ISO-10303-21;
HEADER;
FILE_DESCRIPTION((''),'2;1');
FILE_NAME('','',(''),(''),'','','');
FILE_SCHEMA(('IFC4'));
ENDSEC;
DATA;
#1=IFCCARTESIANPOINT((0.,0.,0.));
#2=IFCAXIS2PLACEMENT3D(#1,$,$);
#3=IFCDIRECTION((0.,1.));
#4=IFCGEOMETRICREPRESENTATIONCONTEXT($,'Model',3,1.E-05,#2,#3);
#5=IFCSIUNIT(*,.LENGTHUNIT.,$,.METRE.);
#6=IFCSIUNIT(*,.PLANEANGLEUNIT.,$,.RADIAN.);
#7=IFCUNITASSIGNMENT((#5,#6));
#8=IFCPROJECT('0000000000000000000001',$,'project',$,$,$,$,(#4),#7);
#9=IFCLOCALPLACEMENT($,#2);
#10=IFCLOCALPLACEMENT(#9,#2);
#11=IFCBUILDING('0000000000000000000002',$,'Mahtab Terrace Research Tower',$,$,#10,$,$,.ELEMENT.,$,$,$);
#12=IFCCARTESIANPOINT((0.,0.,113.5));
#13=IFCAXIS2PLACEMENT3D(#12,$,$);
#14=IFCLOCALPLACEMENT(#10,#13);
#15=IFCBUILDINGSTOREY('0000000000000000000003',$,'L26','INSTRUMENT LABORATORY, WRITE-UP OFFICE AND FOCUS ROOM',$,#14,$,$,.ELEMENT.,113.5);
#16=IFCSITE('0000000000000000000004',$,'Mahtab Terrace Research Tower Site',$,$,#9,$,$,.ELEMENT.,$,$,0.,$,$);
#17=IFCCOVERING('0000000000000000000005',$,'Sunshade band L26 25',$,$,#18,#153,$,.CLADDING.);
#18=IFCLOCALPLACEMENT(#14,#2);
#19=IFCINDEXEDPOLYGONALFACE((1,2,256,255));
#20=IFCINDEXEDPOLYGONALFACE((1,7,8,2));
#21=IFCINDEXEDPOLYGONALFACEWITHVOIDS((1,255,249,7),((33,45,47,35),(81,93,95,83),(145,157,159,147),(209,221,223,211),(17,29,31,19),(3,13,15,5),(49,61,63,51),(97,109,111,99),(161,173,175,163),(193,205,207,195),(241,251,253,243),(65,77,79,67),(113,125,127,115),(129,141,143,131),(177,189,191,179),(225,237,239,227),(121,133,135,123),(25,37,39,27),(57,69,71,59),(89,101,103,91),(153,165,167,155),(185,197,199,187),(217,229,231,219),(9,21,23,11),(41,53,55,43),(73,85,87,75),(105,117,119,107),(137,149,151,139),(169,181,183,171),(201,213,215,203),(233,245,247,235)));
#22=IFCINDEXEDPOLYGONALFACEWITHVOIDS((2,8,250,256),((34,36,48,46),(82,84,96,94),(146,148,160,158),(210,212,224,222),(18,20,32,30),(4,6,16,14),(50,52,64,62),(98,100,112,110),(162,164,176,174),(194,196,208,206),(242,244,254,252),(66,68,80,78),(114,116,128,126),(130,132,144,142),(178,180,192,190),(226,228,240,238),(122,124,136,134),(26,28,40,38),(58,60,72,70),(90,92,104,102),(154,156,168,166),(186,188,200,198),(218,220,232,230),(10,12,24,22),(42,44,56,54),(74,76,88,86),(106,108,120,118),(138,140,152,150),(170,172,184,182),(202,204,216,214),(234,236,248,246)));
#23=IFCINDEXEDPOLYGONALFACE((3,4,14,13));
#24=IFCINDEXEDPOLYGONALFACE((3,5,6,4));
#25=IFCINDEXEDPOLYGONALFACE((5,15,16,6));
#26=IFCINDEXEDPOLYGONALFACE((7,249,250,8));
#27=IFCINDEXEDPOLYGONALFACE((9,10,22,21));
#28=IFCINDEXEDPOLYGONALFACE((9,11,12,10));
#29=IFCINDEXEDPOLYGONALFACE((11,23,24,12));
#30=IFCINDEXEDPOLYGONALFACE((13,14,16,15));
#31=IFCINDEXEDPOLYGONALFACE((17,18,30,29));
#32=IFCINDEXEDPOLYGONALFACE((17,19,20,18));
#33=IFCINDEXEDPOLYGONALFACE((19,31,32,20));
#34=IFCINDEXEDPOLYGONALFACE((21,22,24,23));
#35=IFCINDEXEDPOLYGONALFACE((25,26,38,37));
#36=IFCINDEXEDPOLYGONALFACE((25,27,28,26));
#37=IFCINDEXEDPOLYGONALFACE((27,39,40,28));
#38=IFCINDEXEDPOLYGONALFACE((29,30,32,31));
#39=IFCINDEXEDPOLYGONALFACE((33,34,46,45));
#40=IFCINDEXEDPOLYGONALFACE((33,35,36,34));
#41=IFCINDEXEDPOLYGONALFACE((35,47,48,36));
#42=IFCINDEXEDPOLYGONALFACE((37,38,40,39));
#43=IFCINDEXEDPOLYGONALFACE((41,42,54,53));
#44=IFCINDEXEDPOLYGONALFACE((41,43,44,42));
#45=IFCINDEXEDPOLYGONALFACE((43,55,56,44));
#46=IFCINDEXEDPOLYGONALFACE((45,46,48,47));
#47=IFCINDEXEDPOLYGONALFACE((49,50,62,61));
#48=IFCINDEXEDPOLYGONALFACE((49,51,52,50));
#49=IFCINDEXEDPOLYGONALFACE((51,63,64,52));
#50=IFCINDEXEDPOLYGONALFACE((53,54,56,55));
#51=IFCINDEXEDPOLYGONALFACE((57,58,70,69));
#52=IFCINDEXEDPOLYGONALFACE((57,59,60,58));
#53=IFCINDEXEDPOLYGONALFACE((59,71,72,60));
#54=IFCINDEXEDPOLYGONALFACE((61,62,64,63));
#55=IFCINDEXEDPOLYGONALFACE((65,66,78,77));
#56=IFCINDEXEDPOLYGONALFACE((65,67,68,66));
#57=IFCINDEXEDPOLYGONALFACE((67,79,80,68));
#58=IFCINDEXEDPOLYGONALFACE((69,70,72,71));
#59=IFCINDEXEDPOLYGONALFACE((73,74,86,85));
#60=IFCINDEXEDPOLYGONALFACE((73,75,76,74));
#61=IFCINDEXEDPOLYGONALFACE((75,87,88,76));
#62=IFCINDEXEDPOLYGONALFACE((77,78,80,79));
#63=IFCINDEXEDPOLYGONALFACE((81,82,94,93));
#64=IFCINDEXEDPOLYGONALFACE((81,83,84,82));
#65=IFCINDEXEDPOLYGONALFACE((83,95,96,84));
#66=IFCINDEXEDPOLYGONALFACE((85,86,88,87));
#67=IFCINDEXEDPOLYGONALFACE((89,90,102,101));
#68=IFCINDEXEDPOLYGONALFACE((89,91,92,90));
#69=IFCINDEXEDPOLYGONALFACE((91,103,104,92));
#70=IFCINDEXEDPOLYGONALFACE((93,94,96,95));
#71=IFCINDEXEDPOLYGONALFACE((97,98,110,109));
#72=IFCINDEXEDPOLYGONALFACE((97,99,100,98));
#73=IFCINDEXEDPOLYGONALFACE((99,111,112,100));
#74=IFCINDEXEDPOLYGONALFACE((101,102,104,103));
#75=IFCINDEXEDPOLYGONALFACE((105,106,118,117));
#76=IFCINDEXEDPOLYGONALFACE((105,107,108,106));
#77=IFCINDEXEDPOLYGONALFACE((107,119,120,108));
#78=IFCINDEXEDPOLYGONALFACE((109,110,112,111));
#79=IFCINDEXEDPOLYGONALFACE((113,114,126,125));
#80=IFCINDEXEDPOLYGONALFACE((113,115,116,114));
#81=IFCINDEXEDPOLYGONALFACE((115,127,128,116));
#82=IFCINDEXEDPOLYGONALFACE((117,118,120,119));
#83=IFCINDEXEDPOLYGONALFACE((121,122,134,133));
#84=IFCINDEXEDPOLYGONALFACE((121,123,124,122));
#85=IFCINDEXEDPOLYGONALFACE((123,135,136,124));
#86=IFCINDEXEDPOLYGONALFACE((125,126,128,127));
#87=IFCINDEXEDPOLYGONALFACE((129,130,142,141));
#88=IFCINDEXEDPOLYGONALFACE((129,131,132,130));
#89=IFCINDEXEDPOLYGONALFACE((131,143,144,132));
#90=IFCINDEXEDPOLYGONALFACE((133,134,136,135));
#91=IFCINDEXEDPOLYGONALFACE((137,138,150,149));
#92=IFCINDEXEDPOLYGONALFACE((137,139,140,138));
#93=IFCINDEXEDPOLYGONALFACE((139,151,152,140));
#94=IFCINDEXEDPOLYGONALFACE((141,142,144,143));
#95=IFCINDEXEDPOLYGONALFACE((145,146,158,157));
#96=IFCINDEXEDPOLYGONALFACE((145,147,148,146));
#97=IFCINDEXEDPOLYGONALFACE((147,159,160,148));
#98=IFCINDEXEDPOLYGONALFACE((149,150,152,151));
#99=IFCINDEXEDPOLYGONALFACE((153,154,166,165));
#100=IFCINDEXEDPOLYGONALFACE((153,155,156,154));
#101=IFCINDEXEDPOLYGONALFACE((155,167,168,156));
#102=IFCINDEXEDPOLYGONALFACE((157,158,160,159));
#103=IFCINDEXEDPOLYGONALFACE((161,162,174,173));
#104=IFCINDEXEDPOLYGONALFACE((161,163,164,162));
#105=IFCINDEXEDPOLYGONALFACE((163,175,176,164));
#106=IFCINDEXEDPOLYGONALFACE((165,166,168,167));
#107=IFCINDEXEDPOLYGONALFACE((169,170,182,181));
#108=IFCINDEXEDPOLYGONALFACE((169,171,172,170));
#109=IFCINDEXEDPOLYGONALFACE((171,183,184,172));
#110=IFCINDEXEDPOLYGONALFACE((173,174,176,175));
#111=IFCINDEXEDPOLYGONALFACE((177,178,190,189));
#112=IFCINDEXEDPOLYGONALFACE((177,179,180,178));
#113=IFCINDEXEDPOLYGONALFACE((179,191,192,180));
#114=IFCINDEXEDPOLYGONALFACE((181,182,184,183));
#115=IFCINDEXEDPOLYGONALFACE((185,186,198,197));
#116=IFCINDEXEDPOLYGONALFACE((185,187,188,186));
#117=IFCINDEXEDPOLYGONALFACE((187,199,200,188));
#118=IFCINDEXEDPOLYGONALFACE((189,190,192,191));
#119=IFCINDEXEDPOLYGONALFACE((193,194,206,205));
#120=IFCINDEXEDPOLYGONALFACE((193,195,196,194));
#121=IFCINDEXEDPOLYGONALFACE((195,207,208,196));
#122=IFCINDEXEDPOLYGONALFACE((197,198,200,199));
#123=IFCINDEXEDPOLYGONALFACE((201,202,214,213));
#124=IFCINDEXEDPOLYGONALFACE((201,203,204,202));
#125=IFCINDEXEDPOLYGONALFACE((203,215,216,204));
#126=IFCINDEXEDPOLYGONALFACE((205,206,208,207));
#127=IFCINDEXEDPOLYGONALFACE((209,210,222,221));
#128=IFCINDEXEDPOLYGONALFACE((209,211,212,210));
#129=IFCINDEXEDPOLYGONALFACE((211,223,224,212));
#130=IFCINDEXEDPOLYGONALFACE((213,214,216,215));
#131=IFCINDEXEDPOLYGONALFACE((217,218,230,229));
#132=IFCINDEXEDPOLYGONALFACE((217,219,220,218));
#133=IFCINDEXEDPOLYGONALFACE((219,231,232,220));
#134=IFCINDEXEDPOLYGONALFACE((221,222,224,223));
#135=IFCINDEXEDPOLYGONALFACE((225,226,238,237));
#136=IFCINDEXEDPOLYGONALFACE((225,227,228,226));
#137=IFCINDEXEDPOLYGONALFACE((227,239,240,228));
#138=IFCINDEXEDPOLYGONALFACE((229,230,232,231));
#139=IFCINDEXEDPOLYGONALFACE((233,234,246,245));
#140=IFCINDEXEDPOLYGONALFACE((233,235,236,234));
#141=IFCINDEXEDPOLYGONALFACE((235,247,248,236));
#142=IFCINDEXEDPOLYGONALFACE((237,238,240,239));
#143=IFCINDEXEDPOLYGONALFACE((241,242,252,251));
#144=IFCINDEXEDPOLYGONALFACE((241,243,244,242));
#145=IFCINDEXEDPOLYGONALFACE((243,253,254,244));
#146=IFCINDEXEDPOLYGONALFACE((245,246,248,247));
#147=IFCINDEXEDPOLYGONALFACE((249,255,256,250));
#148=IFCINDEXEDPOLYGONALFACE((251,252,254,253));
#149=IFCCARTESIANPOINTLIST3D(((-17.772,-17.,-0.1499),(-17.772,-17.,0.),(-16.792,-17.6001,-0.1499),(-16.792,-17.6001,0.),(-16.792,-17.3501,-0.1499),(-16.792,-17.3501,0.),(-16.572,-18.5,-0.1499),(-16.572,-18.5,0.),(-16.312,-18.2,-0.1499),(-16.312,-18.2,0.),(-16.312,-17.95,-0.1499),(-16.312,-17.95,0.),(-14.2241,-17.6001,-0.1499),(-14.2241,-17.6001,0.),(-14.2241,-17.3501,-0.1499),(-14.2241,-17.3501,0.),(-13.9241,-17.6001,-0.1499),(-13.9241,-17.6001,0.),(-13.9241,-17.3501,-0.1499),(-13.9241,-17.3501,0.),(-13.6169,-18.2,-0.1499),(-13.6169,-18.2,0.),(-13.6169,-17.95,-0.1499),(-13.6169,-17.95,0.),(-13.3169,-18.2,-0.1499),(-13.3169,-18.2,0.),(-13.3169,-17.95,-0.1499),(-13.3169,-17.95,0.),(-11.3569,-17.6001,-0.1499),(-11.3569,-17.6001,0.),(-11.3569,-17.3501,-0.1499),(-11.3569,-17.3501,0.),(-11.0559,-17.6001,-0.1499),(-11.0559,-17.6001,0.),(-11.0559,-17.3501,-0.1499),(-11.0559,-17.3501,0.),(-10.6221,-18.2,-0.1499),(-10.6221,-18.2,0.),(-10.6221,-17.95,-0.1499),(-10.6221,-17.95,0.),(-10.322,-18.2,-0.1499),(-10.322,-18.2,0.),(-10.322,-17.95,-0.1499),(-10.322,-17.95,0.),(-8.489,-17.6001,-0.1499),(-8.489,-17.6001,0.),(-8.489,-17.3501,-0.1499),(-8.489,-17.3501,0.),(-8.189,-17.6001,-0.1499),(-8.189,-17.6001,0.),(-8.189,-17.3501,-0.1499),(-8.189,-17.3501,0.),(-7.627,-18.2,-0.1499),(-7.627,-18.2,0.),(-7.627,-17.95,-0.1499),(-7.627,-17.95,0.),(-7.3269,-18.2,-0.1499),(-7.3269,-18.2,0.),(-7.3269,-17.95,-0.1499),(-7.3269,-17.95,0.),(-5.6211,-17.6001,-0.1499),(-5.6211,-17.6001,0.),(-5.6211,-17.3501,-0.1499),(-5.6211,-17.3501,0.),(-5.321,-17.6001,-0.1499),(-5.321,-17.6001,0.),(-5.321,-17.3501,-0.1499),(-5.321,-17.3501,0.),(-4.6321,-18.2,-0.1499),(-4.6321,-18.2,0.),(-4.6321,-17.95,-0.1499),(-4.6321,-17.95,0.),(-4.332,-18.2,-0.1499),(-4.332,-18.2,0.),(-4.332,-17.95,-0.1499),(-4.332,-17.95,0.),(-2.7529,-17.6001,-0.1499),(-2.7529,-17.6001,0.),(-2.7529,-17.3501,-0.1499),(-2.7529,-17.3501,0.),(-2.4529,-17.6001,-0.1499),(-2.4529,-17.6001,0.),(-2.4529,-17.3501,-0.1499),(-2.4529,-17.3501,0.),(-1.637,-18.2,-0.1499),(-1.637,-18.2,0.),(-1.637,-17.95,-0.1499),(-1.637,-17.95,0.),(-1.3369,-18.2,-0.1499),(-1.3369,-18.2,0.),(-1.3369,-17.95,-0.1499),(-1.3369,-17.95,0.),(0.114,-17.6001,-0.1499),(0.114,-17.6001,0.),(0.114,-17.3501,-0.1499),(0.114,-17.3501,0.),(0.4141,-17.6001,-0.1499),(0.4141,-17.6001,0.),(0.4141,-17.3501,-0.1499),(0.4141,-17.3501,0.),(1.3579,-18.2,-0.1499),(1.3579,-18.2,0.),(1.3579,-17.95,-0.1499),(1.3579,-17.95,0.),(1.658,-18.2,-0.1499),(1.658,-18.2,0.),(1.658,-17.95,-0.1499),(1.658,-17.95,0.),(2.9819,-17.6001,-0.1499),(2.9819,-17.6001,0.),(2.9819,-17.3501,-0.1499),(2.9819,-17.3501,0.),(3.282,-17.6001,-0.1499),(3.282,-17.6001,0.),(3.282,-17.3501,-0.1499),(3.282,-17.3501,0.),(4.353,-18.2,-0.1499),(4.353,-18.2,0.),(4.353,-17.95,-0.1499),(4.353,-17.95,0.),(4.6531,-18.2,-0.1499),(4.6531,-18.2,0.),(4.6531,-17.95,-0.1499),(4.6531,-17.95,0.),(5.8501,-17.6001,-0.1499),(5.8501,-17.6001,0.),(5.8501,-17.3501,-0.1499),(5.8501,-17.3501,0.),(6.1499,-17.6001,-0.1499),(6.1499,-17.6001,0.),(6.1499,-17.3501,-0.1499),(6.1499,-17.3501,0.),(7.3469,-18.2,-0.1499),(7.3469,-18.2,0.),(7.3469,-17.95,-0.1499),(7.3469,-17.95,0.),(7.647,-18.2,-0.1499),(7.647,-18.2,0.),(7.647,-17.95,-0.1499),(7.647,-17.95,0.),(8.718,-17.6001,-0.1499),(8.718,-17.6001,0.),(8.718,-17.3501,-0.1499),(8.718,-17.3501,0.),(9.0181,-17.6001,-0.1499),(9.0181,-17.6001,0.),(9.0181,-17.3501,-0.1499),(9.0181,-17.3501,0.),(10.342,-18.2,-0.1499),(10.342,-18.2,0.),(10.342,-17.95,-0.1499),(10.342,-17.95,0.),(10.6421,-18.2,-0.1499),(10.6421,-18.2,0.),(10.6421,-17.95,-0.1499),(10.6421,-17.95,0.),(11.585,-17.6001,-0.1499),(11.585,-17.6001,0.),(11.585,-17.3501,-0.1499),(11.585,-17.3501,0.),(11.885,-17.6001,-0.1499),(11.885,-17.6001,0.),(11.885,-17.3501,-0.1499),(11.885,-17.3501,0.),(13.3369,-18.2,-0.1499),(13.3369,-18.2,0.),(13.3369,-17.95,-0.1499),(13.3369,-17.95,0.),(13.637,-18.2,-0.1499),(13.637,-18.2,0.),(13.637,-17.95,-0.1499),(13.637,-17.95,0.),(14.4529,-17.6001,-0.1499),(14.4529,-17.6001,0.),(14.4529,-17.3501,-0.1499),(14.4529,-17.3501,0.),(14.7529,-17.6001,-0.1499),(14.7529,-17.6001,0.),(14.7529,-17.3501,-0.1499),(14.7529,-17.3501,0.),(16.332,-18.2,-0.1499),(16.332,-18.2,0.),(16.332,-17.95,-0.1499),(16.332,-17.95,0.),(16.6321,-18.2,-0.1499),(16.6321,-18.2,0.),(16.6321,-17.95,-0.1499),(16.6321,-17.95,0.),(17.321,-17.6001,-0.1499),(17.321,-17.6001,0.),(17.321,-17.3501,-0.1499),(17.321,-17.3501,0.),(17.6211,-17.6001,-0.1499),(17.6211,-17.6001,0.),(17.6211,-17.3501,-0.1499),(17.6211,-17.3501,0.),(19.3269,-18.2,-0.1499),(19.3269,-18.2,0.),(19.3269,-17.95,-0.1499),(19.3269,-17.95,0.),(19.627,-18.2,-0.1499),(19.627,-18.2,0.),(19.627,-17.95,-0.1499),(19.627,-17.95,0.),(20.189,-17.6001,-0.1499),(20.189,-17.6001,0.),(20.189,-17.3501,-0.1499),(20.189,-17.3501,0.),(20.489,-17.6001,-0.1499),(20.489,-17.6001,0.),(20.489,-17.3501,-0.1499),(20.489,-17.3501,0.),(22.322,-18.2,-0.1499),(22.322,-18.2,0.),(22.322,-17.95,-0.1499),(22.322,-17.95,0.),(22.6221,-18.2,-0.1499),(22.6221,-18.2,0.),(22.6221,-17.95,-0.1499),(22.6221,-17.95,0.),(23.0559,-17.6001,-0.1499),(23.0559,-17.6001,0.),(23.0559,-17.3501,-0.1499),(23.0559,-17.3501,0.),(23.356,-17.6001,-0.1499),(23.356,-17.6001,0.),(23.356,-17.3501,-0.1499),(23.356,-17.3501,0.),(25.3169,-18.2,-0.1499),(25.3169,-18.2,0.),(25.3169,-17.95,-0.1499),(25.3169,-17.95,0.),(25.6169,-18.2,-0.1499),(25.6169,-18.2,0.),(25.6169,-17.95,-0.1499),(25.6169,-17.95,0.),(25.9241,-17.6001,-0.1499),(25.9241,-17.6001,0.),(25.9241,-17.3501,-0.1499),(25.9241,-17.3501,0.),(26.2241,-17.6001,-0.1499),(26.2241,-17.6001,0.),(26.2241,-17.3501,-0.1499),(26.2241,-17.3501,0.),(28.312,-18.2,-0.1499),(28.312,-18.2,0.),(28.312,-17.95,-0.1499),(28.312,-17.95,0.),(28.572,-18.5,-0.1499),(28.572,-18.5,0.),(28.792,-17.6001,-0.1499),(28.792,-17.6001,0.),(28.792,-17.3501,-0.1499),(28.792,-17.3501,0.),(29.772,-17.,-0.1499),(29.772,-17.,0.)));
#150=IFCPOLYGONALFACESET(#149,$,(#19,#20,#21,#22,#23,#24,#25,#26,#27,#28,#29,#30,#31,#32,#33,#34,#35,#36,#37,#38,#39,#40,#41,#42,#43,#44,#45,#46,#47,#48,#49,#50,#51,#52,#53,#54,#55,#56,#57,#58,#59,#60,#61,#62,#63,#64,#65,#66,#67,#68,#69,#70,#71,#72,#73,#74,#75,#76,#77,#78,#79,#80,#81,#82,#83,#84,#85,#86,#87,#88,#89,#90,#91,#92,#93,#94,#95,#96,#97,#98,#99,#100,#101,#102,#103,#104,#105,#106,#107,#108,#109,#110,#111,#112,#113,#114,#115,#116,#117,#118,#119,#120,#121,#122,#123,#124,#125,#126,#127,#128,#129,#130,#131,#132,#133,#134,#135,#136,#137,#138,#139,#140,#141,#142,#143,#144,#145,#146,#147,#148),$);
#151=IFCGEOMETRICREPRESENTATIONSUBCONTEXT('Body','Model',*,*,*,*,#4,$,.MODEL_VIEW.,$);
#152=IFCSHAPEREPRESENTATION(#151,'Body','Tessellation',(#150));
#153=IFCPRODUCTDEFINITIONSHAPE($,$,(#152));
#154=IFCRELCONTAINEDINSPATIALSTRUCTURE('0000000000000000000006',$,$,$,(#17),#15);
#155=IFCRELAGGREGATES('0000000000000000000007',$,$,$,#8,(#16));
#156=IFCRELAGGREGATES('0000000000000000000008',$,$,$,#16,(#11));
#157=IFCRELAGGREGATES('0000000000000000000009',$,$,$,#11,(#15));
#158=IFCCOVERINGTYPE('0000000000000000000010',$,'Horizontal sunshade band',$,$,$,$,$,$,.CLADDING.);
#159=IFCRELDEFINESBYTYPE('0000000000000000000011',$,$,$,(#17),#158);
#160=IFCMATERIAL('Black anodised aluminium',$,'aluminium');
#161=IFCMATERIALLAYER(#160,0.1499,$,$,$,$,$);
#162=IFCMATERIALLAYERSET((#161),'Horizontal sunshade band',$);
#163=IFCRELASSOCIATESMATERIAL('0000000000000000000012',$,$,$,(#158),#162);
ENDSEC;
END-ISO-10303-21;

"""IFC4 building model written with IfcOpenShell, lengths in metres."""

from ifc_helpers import new_model, si_unit, direction, frame, origin, place, context, subcontext, project, spatial, polyline, outline, extrude, material, layer, layer_set, type_object, element, save


model = new_model("IFC4")

# Units and contexts
model_context = context("Model", 3, precision=1e-05, world=origin(), true_north=direction((0.0, 1.0)))
body_context = subcontext(model_context, "Body", "Model", "MODEL_VIEW")
ifc_project = project(units=[si_unit("LENGTHUNIT", "METRE"), si_unit("PLANEANGLEUNIT", "RADIAN")], contexts=[model_context])

# Site, building, storey
site_placement = place(None, origin())
site = spatial("IfcSite", under=ifc_project, at=site_placement, Name="Mahtab Terrace Research Tower Site", CompositionType="ELEMENT", RefElevation=0.0)
building_placement = place(site_placement, origin())
building = spatial("IfcBuilding", under=site, at=building_placement, Name="Mahtab Terrace Research Tower", CompositionType="ELEMENT")
storey_placement = place(building_placement, frame((0.0, 0.0, 113.5)))
storey = spatial("IfcBuildingStorey", under=building, at=storey_placement, Name="L26", Description="INSTRUMENT LABORATORY, WRITE-UP OFFICE AND FOCUS ROOM", CompositionType="ELEMENT", Elevation=113.5)

# Covering
ifc_material_1 = material(Name="Black anodised aluminium", Category="aluminium")
ifc_layer_1 = layer(ifc_material_1, 0.1499)
ifc_layer_set_1 = layer_set([ifc_layer_1], Name="Horizontal sunshade band")
covering_type_1 = type_object("IfcCoveringType", Name="Horizontal sunshade band", PredefinedType="CLADDING", material=ifc_layer_set_1)
covering_1_placement = place(storey_placement, frame((0.0, 0.0, -0.1499)))
element("IfcCovering", 1, at=covering_1_placement, inside=storey, type_object=covering_type_1, Name="Sunshade band L26 25", PredefinedType="CLADDING", context=body_context, shape_type="SweptSolid", body=[
    extrude(outline(polyline([(-17.772, -17.0), (29.772, -17.0), (28.572, -18.5), (-16.572, -18.5), (-17.772, -17.0)]), holes=[polyline([(-16.792, -17.3501), (-14.2241, -17.3501), (-14.2241, -17.6001), (-16.792, -17.6001), (-16.792, -17.3501)]), polyline([(-13.9241, -17.3501), (-11.3569, -17.3501), (-11.3569, -17.6001), (-13.9241, -17.6001), (-13.9241, -17.3501)]), polyline([(-11.0559, -17.3501), (-8.489, -17.3501), (-8.489, -17.6001), (-11.0559, -17.6001), (-11.0559, -17.3501)]), polyline([(-8.189, -17.3501), (-5.6211, -17.3501), (-5.6211, -17.6001), (-8.189, -17.6001), (-8.189, -17.3501)]), polyline([(-5.321, -17.3501), (-2.7529, -17.3501), (-2.7529, -17.6001), (-5.321, -17.6001), (-5.321, -17.3501)]), polyline([(-2.4529, -17.3501), (0.114, -17.3501), (0.114, -17.6001), (-2.4529, -17.6001), (-2.4529, -17.3501)]), polyline([(0.4141, -17.3501), (2.9819, -17.3501), (2.9819, -17.6001), (0.4141, -17.6001), (0.4141, -17.3501)]), polyline([(3.282, -17.3501), (5.8501, -17.3501), (5.8501, -17.6001), (3.282, -17.6001), (3.282, -17.3501)]), polyline([(6.1499, -17.3501), (8.718, -17.3501), (8.718, -17.6001), (6.1499, -17.6001), (6.1499, -17.3501)]), polyline([(9.0181, -17.3501), (11.585, -17.3501), (11.585, -17.6001), (9.0181, -17.6001), (9.0181, -17.3501)]), polyline([(11.885, -17.3501), (14.4529, -17.3501), (14.4529, -17.6001), (11.885, -17.6001), (11.885, -17.3501)]), polyline([(14.7529, -17.3501), (17.321, -17.3501), (17.321, -17.6001), (14.7529, -17.6001), (14.7529, -17.3501)]), polyline([(17.6211, -17.3501), (20.189, -17.3501), (20.189, -17.6001), (17.6211, -17.6001), (17.6211, -17.3501)]), polyline([(20.489, -17.3501), (23.0559, -17.3501), (23.0559, -17.6001), (20.489, -17.6001), (20.489, -17.3501)]), polyline([(23.356, -17.3501), (25.9241, -17.3501), (25.9241, -17.6001), (23.356, -17.6001), (23.356, -17.3501)]), polyline([(26.2241, -17.3501), (28.792, -17.3501), (28.792, -17.6001), (26.2241, -17.6001), (26.2241, -17.3501)]), polyline([(-16.312, -17.95), (-13.6169, -17.95), (-13.6169, -18.2), (-16.312, -18.2), (-16.312, -17.95)]), polyline([(-13.3169, -17.95), (-10.6221, -17.95), (-10.6221, -18.2), (-13.3169, -18.2), (-13.3169, -17.95)]), polyline([(-10.322, -17.95), (-7.627, -17.95), (-7.627, -18.2), (-10.322, -18.2), (-10.322, -17.95)]), polyline([(-7.3269, -17.95), (-4.6321, -17.95), (-4.6321, -18.2), (-7.3269, -18.2), (-7.3269, -17.95)]), polyline([(-4.332, -17.95), (-1.637, -17.95), (-1.637, -18.2), (-4.332, -18.2), (-4.332, -17.95)]), polyline([(-1.3369, -17.95), (1.3579, -17.95), (1.3579, -18.2), (-1.3369, -18.2), (-1.3369, -17.95)]), polyline([(1.658, -17.95), (4.353, -17.95), (4.353, -18.2), (1.658, -18.2), (1.658, -17.95)]), polyline([(4.6531, -17.95), (7.3469, -17.95), (7.3469, -18.2), (4.6531, -18.2), (4.6531, -17.95)]), polyline([(7.647, -17.95), (10.342, -17.95), (10.342, -18.2), (7.647, -18.2), (7.647, -17.95)]), polyline([(10.6421, -17.95), (13.3369, -17.95), (13.3369, -18.2), (10.6421, -18.2), (10.6421, -17.95)]), polyline([(13.637, -17.95), (16.332, -17.95), (16.332, -18.2), (13.637, -18.2), (13.637, -17.95)]), polyline([(16.6321, -17.95), (19.3269, -17.95), (19.3269, -18.2), (16.6321, -18.2), (16.6321, -17.95)]), polyline([(19.627, -17.95), (22.322, -17.95), (22.322, -18.2), (19.627, -18.2), (19.627, -17.95)]), polyline([(22.6221, -17.95), (25.3169, -17.95), (25.3169, -18.2), (22.6221, -18.2), (22.6221, -17.95)]), polyline([(25.6169, -17.95), (28.312, -17.95), (28.312, -18.2), (25.6169, -18.2), (25.6169, -17.95)])]), origin(), (0.0, 0.0, 1.0), 0.1499),
])

save(model, "model.ifc")
